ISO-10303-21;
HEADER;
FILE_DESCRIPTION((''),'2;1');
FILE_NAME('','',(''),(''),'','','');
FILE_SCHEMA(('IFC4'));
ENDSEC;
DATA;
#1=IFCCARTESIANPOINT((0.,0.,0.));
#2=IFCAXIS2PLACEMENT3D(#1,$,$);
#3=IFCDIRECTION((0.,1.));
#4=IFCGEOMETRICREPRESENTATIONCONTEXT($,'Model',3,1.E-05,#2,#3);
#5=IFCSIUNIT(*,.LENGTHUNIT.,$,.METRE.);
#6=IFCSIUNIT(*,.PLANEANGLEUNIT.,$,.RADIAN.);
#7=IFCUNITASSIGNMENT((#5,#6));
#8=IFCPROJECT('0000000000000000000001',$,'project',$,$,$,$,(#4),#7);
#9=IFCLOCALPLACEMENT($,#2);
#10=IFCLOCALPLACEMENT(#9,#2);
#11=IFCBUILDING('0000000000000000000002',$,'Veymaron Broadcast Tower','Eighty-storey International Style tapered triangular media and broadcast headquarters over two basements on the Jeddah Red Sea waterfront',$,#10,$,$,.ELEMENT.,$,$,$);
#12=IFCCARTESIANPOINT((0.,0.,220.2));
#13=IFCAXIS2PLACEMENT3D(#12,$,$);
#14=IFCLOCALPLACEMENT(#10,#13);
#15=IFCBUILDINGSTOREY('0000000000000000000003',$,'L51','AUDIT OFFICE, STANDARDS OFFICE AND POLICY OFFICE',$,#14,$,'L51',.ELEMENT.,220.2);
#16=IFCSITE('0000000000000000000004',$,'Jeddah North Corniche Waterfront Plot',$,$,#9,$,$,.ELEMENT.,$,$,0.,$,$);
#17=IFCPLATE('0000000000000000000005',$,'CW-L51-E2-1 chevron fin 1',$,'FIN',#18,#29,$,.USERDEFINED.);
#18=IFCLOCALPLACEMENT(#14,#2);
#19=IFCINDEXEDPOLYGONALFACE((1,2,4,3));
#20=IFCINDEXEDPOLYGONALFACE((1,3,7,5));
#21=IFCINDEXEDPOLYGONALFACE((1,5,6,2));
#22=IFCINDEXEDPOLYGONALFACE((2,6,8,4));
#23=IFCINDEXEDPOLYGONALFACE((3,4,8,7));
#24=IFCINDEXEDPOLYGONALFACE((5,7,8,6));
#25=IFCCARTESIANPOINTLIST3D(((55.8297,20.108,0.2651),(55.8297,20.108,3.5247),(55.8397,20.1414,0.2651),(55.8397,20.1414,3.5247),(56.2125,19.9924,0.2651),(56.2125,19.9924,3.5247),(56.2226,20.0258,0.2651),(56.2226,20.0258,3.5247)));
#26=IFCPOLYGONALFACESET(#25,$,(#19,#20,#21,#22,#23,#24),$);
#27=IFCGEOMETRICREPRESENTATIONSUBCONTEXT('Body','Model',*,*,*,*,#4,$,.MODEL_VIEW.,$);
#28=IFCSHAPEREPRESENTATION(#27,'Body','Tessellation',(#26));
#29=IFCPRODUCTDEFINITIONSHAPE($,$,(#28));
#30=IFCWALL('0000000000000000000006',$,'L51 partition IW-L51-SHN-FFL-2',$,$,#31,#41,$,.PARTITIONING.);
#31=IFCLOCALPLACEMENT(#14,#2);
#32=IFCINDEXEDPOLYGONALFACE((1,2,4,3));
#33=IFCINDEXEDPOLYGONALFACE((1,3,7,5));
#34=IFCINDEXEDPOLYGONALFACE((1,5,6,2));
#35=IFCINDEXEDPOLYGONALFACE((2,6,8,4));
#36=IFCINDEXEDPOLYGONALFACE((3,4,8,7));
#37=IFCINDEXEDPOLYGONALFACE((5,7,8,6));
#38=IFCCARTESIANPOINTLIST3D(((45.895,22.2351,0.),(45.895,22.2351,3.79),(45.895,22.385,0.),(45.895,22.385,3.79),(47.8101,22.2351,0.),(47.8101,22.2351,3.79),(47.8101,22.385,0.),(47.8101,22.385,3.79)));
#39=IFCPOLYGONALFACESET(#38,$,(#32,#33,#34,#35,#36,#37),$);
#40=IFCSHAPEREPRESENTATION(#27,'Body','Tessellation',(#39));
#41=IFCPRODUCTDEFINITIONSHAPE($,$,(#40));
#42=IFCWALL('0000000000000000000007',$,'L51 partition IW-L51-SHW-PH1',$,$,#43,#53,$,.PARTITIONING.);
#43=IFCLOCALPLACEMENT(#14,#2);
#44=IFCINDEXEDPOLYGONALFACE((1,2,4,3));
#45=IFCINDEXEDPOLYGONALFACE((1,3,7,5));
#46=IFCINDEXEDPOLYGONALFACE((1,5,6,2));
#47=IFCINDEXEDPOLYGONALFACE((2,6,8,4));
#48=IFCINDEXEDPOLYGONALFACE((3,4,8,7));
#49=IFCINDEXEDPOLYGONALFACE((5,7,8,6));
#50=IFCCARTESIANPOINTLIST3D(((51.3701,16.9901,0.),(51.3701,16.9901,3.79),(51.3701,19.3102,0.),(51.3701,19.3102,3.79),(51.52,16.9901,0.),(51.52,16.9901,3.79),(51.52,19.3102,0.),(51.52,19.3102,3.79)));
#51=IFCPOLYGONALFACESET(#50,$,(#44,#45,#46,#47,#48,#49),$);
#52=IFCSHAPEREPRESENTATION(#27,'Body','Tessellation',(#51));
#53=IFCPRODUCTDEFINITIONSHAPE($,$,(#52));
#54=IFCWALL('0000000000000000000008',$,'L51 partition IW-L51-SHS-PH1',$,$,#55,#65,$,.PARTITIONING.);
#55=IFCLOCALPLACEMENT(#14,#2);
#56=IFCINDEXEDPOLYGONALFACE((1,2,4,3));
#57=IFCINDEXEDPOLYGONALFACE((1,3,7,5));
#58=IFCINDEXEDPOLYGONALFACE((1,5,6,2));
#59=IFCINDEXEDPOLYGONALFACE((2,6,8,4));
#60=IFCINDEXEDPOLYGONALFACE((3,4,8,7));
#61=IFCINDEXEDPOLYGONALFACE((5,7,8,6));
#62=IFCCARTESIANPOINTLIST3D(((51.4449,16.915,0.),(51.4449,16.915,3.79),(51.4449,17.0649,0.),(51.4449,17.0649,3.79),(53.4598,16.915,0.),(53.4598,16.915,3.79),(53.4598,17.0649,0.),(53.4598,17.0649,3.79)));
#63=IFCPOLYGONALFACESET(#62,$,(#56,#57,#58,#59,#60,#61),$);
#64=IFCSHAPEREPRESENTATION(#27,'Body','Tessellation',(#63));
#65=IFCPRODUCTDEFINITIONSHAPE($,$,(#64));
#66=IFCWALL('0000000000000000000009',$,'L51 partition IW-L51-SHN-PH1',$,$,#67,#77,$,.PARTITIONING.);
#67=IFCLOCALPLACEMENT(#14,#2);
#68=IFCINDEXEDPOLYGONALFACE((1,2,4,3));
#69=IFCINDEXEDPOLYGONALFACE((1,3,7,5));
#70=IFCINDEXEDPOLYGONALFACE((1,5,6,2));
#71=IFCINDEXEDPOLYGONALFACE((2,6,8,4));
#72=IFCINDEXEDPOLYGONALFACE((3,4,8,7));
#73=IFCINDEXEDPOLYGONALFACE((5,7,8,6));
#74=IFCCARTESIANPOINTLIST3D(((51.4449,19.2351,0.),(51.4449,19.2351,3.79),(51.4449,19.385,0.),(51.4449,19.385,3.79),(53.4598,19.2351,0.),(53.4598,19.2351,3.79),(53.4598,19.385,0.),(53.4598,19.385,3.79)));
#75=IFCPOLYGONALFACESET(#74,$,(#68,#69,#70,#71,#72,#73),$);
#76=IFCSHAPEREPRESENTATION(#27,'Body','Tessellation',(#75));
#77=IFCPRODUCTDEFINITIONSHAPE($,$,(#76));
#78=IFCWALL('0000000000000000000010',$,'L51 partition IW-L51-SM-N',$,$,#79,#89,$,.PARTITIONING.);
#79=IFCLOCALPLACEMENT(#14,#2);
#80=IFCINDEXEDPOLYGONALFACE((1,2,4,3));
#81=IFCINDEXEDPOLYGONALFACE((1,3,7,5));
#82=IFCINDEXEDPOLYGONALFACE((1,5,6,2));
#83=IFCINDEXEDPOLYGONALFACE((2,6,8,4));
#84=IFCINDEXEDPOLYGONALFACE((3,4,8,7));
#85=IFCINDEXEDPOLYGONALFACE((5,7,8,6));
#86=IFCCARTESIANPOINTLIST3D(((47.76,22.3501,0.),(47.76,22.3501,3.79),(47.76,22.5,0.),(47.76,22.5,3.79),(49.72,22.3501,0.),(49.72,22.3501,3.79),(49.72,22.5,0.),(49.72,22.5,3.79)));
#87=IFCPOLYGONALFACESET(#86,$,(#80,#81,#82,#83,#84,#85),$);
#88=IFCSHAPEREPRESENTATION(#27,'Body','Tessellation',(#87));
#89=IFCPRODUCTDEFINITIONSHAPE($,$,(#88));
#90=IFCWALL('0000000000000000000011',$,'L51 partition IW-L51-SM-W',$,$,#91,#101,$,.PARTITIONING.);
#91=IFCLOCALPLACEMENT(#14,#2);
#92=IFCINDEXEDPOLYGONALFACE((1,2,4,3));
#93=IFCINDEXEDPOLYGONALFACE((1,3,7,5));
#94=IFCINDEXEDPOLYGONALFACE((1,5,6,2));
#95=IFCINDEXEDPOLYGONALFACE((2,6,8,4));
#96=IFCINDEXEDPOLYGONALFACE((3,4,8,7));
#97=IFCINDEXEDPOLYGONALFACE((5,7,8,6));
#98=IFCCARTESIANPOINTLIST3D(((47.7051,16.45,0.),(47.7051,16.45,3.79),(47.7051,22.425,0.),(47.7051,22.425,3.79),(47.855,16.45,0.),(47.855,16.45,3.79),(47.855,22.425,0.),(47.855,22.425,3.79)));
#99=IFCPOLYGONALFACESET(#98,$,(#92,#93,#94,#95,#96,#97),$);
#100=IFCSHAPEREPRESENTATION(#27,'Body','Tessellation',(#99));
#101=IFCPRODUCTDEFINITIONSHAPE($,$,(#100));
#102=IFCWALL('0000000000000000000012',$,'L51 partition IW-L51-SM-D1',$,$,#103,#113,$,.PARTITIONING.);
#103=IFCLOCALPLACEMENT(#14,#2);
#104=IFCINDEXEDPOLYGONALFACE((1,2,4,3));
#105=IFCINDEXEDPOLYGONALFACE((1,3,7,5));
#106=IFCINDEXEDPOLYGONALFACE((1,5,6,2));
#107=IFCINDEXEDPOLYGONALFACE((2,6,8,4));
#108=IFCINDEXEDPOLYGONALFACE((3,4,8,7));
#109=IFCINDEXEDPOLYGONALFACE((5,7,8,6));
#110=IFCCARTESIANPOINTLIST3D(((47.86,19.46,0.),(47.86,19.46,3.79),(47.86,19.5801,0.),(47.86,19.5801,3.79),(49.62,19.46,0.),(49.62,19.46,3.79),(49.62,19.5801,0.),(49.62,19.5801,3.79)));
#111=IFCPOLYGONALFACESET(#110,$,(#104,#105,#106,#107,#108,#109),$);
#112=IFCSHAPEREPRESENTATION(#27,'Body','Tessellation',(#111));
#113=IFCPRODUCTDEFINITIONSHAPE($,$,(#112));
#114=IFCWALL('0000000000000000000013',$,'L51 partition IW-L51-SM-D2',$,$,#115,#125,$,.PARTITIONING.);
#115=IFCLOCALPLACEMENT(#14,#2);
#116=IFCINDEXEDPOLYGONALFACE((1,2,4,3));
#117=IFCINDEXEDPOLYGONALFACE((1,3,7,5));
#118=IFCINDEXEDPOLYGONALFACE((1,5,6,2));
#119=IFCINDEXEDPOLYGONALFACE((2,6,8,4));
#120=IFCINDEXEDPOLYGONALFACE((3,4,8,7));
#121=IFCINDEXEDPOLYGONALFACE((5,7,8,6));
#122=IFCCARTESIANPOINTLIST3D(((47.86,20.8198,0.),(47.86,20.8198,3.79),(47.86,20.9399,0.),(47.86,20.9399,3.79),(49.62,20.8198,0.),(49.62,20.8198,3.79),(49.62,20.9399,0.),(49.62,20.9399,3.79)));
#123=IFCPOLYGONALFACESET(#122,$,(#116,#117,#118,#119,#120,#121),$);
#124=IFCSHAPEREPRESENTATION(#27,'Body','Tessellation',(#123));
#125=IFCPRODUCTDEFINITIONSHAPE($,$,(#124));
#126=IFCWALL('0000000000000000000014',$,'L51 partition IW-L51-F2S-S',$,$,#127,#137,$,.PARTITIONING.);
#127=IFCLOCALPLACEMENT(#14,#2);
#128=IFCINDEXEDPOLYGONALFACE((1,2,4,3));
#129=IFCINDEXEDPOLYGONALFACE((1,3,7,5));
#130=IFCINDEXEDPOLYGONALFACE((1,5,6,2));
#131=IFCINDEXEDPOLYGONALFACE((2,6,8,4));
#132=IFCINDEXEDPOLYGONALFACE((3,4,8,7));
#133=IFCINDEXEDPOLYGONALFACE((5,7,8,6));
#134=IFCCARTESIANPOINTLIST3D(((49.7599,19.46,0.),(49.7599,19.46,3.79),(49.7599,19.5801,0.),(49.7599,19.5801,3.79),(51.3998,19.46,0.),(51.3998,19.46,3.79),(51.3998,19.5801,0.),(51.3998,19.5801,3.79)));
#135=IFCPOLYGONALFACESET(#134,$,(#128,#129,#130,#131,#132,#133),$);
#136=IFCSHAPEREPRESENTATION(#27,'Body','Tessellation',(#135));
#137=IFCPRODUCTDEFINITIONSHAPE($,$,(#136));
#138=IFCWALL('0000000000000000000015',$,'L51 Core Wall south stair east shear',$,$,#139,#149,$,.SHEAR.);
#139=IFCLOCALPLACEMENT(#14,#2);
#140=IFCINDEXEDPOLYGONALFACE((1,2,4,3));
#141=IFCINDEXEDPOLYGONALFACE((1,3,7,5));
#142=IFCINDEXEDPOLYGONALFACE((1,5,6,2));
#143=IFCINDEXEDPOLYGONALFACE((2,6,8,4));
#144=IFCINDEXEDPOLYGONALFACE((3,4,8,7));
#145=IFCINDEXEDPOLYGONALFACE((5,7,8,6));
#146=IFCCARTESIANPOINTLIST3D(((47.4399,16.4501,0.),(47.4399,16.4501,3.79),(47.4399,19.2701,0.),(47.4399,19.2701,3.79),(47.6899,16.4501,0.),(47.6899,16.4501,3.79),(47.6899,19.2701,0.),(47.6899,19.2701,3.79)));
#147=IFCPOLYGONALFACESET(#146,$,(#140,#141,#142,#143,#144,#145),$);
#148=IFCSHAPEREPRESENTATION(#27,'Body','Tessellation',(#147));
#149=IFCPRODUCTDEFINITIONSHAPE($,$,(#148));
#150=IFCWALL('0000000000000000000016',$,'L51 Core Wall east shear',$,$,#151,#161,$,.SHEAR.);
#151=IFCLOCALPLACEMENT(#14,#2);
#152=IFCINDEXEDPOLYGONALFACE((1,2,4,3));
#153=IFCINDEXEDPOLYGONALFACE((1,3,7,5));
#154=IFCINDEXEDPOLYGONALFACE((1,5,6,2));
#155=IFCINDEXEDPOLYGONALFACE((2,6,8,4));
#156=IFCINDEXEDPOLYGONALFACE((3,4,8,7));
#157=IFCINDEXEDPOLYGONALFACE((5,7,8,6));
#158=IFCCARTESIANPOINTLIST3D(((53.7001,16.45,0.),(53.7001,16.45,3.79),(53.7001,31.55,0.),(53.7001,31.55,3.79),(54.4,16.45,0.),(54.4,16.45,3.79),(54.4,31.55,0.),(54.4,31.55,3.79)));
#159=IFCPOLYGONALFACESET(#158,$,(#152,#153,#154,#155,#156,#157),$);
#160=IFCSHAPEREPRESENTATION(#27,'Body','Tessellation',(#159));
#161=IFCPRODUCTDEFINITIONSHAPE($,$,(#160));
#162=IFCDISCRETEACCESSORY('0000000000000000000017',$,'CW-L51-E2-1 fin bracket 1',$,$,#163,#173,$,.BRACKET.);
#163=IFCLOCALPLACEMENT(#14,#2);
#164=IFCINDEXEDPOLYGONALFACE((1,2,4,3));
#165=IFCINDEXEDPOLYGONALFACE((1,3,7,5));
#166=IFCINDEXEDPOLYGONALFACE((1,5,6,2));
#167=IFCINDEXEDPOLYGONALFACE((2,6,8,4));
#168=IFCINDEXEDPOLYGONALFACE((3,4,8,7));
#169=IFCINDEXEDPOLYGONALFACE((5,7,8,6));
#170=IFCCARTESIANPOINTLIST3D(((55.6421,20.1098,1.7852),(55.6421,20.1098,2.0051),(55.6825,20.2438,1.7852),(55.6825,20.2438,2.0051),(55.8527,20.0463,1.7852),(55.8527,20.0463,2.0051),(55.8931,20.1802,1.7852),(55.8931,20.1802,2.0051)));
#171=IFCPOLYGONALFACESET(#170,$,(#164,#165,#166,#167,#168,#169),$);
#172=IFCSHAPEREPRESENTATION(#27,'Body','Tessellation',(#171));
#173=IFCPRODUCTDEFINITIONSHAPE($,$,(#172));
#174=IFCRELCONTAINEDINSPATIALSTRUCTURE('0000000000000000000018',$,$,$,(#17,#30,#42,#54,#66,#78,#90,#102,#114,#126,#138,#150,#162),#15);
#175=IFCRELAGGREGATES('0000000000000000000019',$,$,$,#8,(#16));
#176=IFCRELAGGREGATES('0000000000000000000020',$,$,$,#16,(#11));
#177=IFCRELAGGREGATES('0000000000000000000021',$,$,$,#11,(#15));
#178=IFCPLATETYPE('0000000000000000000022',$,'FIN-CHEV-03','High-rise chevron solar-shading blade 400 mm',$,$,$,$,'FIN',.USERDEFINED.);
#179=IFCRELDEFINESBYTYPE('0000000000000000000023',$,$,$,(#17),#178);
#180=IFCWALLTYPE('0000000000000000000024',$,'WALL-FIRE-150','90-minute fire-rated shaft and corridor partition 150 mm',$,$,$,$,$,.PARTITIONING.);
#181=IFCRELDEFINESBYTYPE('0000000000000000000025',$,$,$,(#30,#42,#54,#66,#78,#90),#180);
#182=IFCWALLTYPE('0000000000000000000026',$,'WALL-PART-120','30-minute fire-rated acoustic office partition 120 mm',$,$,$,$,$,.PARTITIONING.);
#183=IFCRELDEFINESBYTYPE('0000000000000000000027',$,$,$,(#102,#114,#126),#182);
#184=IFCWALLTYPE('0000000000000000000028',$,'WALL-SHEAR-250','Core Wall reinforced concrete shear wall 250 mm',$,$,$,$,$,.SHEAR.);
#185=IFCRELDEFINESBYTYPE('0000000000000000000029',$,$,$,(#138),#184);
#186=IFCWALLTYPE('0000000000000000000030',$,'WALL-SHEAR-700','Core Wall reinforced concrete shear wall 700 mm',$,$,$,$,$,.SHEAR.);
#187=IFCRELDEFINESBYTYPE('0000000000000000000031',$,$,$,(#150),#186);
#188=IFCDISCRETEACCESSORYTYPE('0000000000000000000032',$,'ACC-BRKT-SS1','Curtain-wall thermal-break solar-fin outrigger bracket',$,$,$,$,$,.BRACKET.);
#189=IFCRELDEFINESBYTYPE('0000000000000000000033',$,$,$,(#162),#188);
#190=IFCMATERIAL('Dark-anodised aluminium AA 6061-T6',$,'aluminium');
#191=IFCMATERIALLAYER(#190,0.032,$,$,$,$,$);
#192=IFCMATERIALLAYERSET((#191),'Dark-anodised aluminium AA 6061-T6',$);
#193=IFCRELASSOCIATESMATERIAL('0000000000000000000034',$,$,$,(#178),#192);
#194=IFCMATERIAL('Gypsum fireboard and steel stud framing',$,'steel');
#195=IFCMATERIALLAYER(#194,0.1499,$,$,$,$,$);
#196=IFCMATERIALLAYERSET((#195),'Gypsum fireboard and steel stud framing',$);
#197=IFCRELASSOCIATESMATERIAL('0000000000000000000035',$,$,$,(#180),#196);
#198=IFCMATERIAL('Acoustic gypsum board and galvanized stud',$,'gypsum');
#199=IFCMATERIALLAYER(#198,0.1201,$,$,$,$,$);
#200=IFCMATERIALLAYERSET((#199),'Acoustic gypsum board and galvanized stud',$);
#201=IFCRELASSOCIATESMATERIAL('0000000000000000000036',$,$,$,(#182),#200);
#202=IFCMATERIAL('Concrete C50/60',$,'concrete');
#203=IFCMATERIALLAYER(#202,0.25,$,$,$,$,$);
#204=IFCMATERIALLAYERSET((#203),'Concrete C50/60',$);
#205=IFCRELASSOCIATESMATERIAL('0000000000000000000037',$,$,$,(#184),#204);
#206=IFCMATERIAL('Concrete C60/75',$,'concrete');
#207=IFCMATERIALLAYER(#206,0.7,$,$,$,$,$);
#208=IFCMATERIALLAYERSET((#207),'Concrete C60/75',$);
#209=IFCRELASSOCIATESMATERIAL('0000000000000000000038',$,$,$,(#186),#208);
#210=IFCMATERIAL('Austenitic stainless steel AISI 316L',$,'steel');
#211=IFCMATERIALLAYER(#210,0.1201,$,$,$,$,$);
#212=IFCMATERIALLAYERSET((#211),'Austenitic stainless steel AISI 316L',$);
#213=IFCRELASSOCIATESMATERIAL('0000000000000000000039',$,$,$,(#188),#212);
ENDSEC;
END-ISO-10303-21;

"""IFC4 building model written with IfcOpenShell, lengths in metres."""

from ifc_helpers import new_model, si_unit, direction, frame, frame_2d, origin, origin_2d, place, context, subcontext, project, spatial, rectangle, extrude, material, layer, layer_set, type_object, element, save


model = new_model("IFC4")

# Units and contexts
model_context = context("Model", 3, precision=1e-05, world=origin(), true_north=direction((0.0, 1.0)))
body_context = subcontext(model_context, "Body", "Model", "MODEL_VIEW")
ifc_project = project(units=[si_unit("LENGTHUNIT", "METRE"), si_unit("PLANEANGLEUNIT", "RADIAN")], contexts=[model_context])

# Site, building, storey
site_placement = place(None, origin())
site = spatial("IfcSite", under=ifc_project, at=site_placement, Name="Jeddah North Corniche Waterfront Plot", CompositionType="ELEMENT", RefElevation=0.0)
building_placement = place(site_placement, origin())
building = spatial("IfcBuilding", under=site, at=building_placement, Name="Veymaron Broadcast Tower", Description="Eighty-storey International Style tapered triangular media and broadcast headquarters over two basements on the Jeddah Red Sea waterfront", CompositionType="ELEMENT")
storey_placement = place(building_placement, frame((0.0, 0.0, 220.2)))
storey = spatial("IfcBuildingStorey", under=building, at=storey_placement, Name="L51", Description="AUDIT OFFICE, STANDARDS OFFICE AND POLICY OFFICE", LongName="L51", CompositionType="ELEMENT", Elevation=220.2)

# Plate
ifc_material_1 = material(Name="Dark-anodised aluminium AA 6061-T6", Category="aluminium")
ifc_layer_1 = layer(ifc_material_1, 0.032)
ifc_layer_set_1 = layer_set([ifc_layer_1], Name="Dark-anodised aluminium AA 6061-T6")
plate_type_1 = type_object("IfcPlateType", Name="FIN-CHEV-03", Description="High-rise chevron solar-shading blade 400 mm", ElementType="FIN", PredefinedType="USERDEFINED", material=ifc_layer_set_1)
plate_1_placement = place(storey_placement, frame((56.0261, 20.0669, 0.2651), z_axis=(0.0, 0.0, 1.0), x_axis=(0.95733, -0.288998, 0.0)))
element("IfcPlate", 1, at=plate_1_placement, inside=storey, type_object=plate_type_1, Name="CW-L51-E2-1 chevron fin 1", ObjectType="FIN", PredefinedType="USERDEFINED", context=body_context, shape_type="SweptSolid", body=[
    extrude(rectangle(XDim=0.3999, YDim=0.0349, at=origin_2d()), origin(), (0.0, 0.0, 1.0), 3.2595),
])

# Walls
ifc_material_2 = material(Name="Gypsum fireboard and steel stud framing", Category="steel")
ifc_layer_2 = layer(ifc_material_2, 0.1499)
ifc_layer_set_2 = layer_set([ifc_layer_2], Name="Gypsum fireboard and steel stud framing")
wall_type_1 = type_object("IfcWallType", Name="WALL-FIRE-150", Description="90-minute fire-rated shaft and corridor partition 150 mm", PredefinedType="PARTITIONING", material=ifc_layer_set_2)
wall_1_placement = place(storey_placement, frame((45.895, 22.3101, 0.0), z_axis=(0.0, 0.0, 1.0), x_axis=(1.0, 0.0, 0.0)))
element("IfcWall", 2, at=wall_1_placement, inside=storey, type_object=wall_type_1, Name="L51 partition IW-L51-SHN-FFL-2", PredefinedType="PARTITIONING", context=body_context, shape_type="SweptSolid", body=[
    extrude(rectangle(XDim=1.915, YDim=0.1499, at=frame_2d((0.9575, 0.0))), origin(), (0.0, 0.0, 1.0), 3.79),
])
wall_2_placement = place(storey_placement, frame((51.4451, 16.99, 0.0), z_axis=(0.0, 0.0, 1.0), x_axis=(0.0, 1.0, 0.0)))
element("IfcWall", 3, at=wall_2_placement, inside=storey, type_object=wall_type_1, Name="L51 partition IW-L51-SHW-PH1", PredefinedType="PARTITIONING", context=body_context, shape_type="SweptSolid", body=[
    extrude(rectangle(XDim=2.3201, YDim=0.1499, at=frame_2d((1.1602, 0.0))), origin(), (0.0, 0.0, 1.0), 3.79),
])
for number, where, z_axis, x_axis, name in (
    (4, (51.4451, 16.99, 0.0), (0.0, 0.0, 1.0), (1.0, 0.0, 0.0), "L51 partition IW-L51-SHS-PH1"),
    (5, (51.4451, 19.3101, 0.0), (0.0, 0.0, 1.0), (1.0, 0.0, 0.0), "L51 partition IW-L51-SHN-PH1"),
):
    element("IfcWall", number, at=place(storey_placement, frame(where, z_axis=z_axis, x_axis=x_axis)), inside=storey, type_object=wall_type_1, Name=name, PredefinedType="PARTITIONING", context=body_context, shape_type="SweptSolid", body=[
        extrude(rectangle(XDim=2.0149, YDim=0.1499, at=frame_2d((1.0073, 0.0))), origin(), (0.0, 0.0, 1.0), 3.79),
    ])

# Walls
wall_3_placement = place(storey_placement, frame((47.76, 22.425, 0.0), z_axis=(0.0, 0.0, 1.0), x_axis=(1.0, 0.0, 0.0)))
element("IfcWall", 6, at=wall_3_placement, inside=storey, type_object=wall_type_1, Name="L51 partition IW-L51-SM-N", PredefinedType="PARTITIONING", context=body_context, shape_type="SweptSolid", body=[
    extrude(rectangle(XDim=1.96, YDim=0.1499, at=frame_2d((0.98, 0.0))), origin(), (0.0, 0.0, 1.0), 3.79),
])
wall_4_placement = place(storey_placement, frame((47.78, 16.45, 0.0), z_axis=(0.0, 0.0, 1.0), x_axis=(0.0, 1.0, 0.0)))
element("IfcWall", 7, at=wall_4_placement, inside=storey, type_object=wall_type_1, Name="L51 partition IW-L51-SM-W", PredefinedType="PARTITIONING", context=body_context, shape_type="SweptSolid", body=[
    extrude(rectangle(XDim=5.9751, YDim=0.1499, at=frame_2d((2.9875, 0.0))), origin(), (0.0, 0.0, 1.0), 3.79),
])
ifc_material_3 = material(Name="Acoustic gypsum board and galvanized stud", Category="gypsum")
ifc_layer_3 = layer(ifc_material_3, 0.1201)
ifc_layer_set_3 = layer_set([ifc_layer_3], Name="Acoustic gypsum board and galvanized stud")
wall_type_2 = type_object("IfcWallType", Name="WALL-PART-120", Description="30-minute fire-rated acoustic office partition 120 mm", PredefinedType="PARTITIONING", material=ifc_layer_set_3)
for number, where, z_axis, x_axis, name in (
    (8, (47.8601, 19.52, 0.0), (0.0, 0.0, 1.0), (1.0, 0.0, 0.0), "L51 partition IW-L51-SM-D1"),
    (9, (47.8601, 20.8799, 0.0), (0.0, 0.0, 1.0), (1.0, 0.0, 0.0), "L51 partition IW-L51-SM-D2"),
):
    element("IfcWall", number, at=place(storey_placement, frame(where, z_axis=z_axis, x_axis=x_axis)), inside=storey, type_object=wall_type_2, Name=name, PredefinedType="PARTITIONING", context=body_context, shape_type="SweptSolid", body=[
        extrude(rectangle(XDim=1.76, YDim=0.1201, at=frame_2d((0.8799, 0.0))), origin(), (0.0, 0.0, 1.0), 3.79),
    ])

# Walls
wall_5_placement = place(storey_placement, frame((49.76, 19.52, 0.0), z_axis=(0.0, 0.0, 1.0), x_axis=(1.0, 0.0, 0.0)))
element("IfcWall", 10, at=wall_5_placement, inside=storey, type_object=wall_type_2, Name="L51 partition IW-L51-F2S-S", PredefinedType="PARTITIONING", context=body_context, shape_type="SweptSolid", body=[
    extrude(rectangle(XDim=1.6399, YDim=0.1201, at=frame_2d((0.8198, 0.0))), origin(), (0.0, 0.0, 1.0), 3.79),
])
ifc_material_4 = material(Name="Concrete C50/60", Category="concrete")
ifc_layer_4 = layer(ifc_material_4, 0.25)
ifc_layer_set_4 = layer_set([ifc_layer_4], Name="Concrete C50/60")
wall_type_3 = type_object("IfcWallType", Name="WALL-SHEAR-250", Description="Core Wall reinforced concrete shear wall 250 mm", PredefinedType="SHEAR", material=ifc_layer_set_4)
wall_6_placement = place(storey_placement, frame((47.5649, 16.45, 0.0), z_axis=(0.0, 0.0, 1.0), x_axis=(0.0, 1.0, 0.0)))
element("IfcWall", 11, at=wall_6_placement, inside=storey, type_object=wall_type_3, Name="L51 Core Wall south stair east shear", PredefinedType="SHEAR", context=body_context, shape_type="SweptSolid", body=[
    extrude(rectangle(XDim=2.8201, YDim=0.25, at=frame_2d((1.4102, 0.0))), origin(), (0.0, 0.0, 1.0), 3.79),
])
ifc_material_5 = material(Name="Concrete C60/75", Category="concrete")
ifc_layer_5 = layer(ifc_material_5, 0.7)
ifc_layer_set_5 = layer_set([ifc_layer_5], Name="Concrete C60/75")
wall_type_4 = type_object("IfcWallType", Name="WALL-SHEAR-700", Description="Core Wall reinforced concrete shear wall 700 mm", PredefinedType="SHEAR", material=ifc_layer_set_5)
wall_7_placement = place(storey_placement, frame((54.05, 16.45, 0.0), z_axis=(0.0, 0.0, 1.0), x_axis=(0.0, 1.0, 0.0)))
element("IfcWall", 12, at=wall_7_placement, inside=storey, type_object=wall_type_4, Name="L51 Core Wall east shear", PredefinedType="SHEAR", context=body_context, shape_type="SweptSolid", body=[
    extrude(rectangle(XDim=15.1001, YDim=0.7, at=frame_2d((7.55, 0.0))), origin(), (0.0, 0.0, 1.0), 3.79),
])

# Discrete accessory
ifc_material_6 = material(Name="Austenitic stainless steel AISI 316L", Category="steel")
ifc_layer_6 = layer(ifc_material_6, 0.1201)
ifc_layer_set_6 = layer_set([ifc_layer_6], Name="Austenitic stainless steel AISI 316L")
discrete_accessory_type = type_object("IfcDiscreteAccessoryType", Name="ACC-BRKT-SS1", Description="Curtain-wall thermal-break solar-fin outrigger bracket", PredefinedType="BRACKET", material=ifc_layer_set_6)
discrete_accessory_placement = place(storey_placement, frame((55.7676, 20.145, 1.7852), z_axis=(0.0, 0.0, 1.0), x_axis=(0.95733, -0.288998, 0.0)))
element("IfcDiscreteAccessory", 13, at=discrete_accessory_placement, inside=storey, type_object=discrete_accessory_type, Name="CW-L51-E2-1 fin bracket 1", PredefinedType="BRACKET", context=body_context, shape_type="SweptSolid", body=[
    extrude(rectangle(XDim=0.22, YDim=0.1399, at=origin_2d()), origin(), (0.0, 0.0, 1.0), 0.22),
])

save(model, "model.ifc")
